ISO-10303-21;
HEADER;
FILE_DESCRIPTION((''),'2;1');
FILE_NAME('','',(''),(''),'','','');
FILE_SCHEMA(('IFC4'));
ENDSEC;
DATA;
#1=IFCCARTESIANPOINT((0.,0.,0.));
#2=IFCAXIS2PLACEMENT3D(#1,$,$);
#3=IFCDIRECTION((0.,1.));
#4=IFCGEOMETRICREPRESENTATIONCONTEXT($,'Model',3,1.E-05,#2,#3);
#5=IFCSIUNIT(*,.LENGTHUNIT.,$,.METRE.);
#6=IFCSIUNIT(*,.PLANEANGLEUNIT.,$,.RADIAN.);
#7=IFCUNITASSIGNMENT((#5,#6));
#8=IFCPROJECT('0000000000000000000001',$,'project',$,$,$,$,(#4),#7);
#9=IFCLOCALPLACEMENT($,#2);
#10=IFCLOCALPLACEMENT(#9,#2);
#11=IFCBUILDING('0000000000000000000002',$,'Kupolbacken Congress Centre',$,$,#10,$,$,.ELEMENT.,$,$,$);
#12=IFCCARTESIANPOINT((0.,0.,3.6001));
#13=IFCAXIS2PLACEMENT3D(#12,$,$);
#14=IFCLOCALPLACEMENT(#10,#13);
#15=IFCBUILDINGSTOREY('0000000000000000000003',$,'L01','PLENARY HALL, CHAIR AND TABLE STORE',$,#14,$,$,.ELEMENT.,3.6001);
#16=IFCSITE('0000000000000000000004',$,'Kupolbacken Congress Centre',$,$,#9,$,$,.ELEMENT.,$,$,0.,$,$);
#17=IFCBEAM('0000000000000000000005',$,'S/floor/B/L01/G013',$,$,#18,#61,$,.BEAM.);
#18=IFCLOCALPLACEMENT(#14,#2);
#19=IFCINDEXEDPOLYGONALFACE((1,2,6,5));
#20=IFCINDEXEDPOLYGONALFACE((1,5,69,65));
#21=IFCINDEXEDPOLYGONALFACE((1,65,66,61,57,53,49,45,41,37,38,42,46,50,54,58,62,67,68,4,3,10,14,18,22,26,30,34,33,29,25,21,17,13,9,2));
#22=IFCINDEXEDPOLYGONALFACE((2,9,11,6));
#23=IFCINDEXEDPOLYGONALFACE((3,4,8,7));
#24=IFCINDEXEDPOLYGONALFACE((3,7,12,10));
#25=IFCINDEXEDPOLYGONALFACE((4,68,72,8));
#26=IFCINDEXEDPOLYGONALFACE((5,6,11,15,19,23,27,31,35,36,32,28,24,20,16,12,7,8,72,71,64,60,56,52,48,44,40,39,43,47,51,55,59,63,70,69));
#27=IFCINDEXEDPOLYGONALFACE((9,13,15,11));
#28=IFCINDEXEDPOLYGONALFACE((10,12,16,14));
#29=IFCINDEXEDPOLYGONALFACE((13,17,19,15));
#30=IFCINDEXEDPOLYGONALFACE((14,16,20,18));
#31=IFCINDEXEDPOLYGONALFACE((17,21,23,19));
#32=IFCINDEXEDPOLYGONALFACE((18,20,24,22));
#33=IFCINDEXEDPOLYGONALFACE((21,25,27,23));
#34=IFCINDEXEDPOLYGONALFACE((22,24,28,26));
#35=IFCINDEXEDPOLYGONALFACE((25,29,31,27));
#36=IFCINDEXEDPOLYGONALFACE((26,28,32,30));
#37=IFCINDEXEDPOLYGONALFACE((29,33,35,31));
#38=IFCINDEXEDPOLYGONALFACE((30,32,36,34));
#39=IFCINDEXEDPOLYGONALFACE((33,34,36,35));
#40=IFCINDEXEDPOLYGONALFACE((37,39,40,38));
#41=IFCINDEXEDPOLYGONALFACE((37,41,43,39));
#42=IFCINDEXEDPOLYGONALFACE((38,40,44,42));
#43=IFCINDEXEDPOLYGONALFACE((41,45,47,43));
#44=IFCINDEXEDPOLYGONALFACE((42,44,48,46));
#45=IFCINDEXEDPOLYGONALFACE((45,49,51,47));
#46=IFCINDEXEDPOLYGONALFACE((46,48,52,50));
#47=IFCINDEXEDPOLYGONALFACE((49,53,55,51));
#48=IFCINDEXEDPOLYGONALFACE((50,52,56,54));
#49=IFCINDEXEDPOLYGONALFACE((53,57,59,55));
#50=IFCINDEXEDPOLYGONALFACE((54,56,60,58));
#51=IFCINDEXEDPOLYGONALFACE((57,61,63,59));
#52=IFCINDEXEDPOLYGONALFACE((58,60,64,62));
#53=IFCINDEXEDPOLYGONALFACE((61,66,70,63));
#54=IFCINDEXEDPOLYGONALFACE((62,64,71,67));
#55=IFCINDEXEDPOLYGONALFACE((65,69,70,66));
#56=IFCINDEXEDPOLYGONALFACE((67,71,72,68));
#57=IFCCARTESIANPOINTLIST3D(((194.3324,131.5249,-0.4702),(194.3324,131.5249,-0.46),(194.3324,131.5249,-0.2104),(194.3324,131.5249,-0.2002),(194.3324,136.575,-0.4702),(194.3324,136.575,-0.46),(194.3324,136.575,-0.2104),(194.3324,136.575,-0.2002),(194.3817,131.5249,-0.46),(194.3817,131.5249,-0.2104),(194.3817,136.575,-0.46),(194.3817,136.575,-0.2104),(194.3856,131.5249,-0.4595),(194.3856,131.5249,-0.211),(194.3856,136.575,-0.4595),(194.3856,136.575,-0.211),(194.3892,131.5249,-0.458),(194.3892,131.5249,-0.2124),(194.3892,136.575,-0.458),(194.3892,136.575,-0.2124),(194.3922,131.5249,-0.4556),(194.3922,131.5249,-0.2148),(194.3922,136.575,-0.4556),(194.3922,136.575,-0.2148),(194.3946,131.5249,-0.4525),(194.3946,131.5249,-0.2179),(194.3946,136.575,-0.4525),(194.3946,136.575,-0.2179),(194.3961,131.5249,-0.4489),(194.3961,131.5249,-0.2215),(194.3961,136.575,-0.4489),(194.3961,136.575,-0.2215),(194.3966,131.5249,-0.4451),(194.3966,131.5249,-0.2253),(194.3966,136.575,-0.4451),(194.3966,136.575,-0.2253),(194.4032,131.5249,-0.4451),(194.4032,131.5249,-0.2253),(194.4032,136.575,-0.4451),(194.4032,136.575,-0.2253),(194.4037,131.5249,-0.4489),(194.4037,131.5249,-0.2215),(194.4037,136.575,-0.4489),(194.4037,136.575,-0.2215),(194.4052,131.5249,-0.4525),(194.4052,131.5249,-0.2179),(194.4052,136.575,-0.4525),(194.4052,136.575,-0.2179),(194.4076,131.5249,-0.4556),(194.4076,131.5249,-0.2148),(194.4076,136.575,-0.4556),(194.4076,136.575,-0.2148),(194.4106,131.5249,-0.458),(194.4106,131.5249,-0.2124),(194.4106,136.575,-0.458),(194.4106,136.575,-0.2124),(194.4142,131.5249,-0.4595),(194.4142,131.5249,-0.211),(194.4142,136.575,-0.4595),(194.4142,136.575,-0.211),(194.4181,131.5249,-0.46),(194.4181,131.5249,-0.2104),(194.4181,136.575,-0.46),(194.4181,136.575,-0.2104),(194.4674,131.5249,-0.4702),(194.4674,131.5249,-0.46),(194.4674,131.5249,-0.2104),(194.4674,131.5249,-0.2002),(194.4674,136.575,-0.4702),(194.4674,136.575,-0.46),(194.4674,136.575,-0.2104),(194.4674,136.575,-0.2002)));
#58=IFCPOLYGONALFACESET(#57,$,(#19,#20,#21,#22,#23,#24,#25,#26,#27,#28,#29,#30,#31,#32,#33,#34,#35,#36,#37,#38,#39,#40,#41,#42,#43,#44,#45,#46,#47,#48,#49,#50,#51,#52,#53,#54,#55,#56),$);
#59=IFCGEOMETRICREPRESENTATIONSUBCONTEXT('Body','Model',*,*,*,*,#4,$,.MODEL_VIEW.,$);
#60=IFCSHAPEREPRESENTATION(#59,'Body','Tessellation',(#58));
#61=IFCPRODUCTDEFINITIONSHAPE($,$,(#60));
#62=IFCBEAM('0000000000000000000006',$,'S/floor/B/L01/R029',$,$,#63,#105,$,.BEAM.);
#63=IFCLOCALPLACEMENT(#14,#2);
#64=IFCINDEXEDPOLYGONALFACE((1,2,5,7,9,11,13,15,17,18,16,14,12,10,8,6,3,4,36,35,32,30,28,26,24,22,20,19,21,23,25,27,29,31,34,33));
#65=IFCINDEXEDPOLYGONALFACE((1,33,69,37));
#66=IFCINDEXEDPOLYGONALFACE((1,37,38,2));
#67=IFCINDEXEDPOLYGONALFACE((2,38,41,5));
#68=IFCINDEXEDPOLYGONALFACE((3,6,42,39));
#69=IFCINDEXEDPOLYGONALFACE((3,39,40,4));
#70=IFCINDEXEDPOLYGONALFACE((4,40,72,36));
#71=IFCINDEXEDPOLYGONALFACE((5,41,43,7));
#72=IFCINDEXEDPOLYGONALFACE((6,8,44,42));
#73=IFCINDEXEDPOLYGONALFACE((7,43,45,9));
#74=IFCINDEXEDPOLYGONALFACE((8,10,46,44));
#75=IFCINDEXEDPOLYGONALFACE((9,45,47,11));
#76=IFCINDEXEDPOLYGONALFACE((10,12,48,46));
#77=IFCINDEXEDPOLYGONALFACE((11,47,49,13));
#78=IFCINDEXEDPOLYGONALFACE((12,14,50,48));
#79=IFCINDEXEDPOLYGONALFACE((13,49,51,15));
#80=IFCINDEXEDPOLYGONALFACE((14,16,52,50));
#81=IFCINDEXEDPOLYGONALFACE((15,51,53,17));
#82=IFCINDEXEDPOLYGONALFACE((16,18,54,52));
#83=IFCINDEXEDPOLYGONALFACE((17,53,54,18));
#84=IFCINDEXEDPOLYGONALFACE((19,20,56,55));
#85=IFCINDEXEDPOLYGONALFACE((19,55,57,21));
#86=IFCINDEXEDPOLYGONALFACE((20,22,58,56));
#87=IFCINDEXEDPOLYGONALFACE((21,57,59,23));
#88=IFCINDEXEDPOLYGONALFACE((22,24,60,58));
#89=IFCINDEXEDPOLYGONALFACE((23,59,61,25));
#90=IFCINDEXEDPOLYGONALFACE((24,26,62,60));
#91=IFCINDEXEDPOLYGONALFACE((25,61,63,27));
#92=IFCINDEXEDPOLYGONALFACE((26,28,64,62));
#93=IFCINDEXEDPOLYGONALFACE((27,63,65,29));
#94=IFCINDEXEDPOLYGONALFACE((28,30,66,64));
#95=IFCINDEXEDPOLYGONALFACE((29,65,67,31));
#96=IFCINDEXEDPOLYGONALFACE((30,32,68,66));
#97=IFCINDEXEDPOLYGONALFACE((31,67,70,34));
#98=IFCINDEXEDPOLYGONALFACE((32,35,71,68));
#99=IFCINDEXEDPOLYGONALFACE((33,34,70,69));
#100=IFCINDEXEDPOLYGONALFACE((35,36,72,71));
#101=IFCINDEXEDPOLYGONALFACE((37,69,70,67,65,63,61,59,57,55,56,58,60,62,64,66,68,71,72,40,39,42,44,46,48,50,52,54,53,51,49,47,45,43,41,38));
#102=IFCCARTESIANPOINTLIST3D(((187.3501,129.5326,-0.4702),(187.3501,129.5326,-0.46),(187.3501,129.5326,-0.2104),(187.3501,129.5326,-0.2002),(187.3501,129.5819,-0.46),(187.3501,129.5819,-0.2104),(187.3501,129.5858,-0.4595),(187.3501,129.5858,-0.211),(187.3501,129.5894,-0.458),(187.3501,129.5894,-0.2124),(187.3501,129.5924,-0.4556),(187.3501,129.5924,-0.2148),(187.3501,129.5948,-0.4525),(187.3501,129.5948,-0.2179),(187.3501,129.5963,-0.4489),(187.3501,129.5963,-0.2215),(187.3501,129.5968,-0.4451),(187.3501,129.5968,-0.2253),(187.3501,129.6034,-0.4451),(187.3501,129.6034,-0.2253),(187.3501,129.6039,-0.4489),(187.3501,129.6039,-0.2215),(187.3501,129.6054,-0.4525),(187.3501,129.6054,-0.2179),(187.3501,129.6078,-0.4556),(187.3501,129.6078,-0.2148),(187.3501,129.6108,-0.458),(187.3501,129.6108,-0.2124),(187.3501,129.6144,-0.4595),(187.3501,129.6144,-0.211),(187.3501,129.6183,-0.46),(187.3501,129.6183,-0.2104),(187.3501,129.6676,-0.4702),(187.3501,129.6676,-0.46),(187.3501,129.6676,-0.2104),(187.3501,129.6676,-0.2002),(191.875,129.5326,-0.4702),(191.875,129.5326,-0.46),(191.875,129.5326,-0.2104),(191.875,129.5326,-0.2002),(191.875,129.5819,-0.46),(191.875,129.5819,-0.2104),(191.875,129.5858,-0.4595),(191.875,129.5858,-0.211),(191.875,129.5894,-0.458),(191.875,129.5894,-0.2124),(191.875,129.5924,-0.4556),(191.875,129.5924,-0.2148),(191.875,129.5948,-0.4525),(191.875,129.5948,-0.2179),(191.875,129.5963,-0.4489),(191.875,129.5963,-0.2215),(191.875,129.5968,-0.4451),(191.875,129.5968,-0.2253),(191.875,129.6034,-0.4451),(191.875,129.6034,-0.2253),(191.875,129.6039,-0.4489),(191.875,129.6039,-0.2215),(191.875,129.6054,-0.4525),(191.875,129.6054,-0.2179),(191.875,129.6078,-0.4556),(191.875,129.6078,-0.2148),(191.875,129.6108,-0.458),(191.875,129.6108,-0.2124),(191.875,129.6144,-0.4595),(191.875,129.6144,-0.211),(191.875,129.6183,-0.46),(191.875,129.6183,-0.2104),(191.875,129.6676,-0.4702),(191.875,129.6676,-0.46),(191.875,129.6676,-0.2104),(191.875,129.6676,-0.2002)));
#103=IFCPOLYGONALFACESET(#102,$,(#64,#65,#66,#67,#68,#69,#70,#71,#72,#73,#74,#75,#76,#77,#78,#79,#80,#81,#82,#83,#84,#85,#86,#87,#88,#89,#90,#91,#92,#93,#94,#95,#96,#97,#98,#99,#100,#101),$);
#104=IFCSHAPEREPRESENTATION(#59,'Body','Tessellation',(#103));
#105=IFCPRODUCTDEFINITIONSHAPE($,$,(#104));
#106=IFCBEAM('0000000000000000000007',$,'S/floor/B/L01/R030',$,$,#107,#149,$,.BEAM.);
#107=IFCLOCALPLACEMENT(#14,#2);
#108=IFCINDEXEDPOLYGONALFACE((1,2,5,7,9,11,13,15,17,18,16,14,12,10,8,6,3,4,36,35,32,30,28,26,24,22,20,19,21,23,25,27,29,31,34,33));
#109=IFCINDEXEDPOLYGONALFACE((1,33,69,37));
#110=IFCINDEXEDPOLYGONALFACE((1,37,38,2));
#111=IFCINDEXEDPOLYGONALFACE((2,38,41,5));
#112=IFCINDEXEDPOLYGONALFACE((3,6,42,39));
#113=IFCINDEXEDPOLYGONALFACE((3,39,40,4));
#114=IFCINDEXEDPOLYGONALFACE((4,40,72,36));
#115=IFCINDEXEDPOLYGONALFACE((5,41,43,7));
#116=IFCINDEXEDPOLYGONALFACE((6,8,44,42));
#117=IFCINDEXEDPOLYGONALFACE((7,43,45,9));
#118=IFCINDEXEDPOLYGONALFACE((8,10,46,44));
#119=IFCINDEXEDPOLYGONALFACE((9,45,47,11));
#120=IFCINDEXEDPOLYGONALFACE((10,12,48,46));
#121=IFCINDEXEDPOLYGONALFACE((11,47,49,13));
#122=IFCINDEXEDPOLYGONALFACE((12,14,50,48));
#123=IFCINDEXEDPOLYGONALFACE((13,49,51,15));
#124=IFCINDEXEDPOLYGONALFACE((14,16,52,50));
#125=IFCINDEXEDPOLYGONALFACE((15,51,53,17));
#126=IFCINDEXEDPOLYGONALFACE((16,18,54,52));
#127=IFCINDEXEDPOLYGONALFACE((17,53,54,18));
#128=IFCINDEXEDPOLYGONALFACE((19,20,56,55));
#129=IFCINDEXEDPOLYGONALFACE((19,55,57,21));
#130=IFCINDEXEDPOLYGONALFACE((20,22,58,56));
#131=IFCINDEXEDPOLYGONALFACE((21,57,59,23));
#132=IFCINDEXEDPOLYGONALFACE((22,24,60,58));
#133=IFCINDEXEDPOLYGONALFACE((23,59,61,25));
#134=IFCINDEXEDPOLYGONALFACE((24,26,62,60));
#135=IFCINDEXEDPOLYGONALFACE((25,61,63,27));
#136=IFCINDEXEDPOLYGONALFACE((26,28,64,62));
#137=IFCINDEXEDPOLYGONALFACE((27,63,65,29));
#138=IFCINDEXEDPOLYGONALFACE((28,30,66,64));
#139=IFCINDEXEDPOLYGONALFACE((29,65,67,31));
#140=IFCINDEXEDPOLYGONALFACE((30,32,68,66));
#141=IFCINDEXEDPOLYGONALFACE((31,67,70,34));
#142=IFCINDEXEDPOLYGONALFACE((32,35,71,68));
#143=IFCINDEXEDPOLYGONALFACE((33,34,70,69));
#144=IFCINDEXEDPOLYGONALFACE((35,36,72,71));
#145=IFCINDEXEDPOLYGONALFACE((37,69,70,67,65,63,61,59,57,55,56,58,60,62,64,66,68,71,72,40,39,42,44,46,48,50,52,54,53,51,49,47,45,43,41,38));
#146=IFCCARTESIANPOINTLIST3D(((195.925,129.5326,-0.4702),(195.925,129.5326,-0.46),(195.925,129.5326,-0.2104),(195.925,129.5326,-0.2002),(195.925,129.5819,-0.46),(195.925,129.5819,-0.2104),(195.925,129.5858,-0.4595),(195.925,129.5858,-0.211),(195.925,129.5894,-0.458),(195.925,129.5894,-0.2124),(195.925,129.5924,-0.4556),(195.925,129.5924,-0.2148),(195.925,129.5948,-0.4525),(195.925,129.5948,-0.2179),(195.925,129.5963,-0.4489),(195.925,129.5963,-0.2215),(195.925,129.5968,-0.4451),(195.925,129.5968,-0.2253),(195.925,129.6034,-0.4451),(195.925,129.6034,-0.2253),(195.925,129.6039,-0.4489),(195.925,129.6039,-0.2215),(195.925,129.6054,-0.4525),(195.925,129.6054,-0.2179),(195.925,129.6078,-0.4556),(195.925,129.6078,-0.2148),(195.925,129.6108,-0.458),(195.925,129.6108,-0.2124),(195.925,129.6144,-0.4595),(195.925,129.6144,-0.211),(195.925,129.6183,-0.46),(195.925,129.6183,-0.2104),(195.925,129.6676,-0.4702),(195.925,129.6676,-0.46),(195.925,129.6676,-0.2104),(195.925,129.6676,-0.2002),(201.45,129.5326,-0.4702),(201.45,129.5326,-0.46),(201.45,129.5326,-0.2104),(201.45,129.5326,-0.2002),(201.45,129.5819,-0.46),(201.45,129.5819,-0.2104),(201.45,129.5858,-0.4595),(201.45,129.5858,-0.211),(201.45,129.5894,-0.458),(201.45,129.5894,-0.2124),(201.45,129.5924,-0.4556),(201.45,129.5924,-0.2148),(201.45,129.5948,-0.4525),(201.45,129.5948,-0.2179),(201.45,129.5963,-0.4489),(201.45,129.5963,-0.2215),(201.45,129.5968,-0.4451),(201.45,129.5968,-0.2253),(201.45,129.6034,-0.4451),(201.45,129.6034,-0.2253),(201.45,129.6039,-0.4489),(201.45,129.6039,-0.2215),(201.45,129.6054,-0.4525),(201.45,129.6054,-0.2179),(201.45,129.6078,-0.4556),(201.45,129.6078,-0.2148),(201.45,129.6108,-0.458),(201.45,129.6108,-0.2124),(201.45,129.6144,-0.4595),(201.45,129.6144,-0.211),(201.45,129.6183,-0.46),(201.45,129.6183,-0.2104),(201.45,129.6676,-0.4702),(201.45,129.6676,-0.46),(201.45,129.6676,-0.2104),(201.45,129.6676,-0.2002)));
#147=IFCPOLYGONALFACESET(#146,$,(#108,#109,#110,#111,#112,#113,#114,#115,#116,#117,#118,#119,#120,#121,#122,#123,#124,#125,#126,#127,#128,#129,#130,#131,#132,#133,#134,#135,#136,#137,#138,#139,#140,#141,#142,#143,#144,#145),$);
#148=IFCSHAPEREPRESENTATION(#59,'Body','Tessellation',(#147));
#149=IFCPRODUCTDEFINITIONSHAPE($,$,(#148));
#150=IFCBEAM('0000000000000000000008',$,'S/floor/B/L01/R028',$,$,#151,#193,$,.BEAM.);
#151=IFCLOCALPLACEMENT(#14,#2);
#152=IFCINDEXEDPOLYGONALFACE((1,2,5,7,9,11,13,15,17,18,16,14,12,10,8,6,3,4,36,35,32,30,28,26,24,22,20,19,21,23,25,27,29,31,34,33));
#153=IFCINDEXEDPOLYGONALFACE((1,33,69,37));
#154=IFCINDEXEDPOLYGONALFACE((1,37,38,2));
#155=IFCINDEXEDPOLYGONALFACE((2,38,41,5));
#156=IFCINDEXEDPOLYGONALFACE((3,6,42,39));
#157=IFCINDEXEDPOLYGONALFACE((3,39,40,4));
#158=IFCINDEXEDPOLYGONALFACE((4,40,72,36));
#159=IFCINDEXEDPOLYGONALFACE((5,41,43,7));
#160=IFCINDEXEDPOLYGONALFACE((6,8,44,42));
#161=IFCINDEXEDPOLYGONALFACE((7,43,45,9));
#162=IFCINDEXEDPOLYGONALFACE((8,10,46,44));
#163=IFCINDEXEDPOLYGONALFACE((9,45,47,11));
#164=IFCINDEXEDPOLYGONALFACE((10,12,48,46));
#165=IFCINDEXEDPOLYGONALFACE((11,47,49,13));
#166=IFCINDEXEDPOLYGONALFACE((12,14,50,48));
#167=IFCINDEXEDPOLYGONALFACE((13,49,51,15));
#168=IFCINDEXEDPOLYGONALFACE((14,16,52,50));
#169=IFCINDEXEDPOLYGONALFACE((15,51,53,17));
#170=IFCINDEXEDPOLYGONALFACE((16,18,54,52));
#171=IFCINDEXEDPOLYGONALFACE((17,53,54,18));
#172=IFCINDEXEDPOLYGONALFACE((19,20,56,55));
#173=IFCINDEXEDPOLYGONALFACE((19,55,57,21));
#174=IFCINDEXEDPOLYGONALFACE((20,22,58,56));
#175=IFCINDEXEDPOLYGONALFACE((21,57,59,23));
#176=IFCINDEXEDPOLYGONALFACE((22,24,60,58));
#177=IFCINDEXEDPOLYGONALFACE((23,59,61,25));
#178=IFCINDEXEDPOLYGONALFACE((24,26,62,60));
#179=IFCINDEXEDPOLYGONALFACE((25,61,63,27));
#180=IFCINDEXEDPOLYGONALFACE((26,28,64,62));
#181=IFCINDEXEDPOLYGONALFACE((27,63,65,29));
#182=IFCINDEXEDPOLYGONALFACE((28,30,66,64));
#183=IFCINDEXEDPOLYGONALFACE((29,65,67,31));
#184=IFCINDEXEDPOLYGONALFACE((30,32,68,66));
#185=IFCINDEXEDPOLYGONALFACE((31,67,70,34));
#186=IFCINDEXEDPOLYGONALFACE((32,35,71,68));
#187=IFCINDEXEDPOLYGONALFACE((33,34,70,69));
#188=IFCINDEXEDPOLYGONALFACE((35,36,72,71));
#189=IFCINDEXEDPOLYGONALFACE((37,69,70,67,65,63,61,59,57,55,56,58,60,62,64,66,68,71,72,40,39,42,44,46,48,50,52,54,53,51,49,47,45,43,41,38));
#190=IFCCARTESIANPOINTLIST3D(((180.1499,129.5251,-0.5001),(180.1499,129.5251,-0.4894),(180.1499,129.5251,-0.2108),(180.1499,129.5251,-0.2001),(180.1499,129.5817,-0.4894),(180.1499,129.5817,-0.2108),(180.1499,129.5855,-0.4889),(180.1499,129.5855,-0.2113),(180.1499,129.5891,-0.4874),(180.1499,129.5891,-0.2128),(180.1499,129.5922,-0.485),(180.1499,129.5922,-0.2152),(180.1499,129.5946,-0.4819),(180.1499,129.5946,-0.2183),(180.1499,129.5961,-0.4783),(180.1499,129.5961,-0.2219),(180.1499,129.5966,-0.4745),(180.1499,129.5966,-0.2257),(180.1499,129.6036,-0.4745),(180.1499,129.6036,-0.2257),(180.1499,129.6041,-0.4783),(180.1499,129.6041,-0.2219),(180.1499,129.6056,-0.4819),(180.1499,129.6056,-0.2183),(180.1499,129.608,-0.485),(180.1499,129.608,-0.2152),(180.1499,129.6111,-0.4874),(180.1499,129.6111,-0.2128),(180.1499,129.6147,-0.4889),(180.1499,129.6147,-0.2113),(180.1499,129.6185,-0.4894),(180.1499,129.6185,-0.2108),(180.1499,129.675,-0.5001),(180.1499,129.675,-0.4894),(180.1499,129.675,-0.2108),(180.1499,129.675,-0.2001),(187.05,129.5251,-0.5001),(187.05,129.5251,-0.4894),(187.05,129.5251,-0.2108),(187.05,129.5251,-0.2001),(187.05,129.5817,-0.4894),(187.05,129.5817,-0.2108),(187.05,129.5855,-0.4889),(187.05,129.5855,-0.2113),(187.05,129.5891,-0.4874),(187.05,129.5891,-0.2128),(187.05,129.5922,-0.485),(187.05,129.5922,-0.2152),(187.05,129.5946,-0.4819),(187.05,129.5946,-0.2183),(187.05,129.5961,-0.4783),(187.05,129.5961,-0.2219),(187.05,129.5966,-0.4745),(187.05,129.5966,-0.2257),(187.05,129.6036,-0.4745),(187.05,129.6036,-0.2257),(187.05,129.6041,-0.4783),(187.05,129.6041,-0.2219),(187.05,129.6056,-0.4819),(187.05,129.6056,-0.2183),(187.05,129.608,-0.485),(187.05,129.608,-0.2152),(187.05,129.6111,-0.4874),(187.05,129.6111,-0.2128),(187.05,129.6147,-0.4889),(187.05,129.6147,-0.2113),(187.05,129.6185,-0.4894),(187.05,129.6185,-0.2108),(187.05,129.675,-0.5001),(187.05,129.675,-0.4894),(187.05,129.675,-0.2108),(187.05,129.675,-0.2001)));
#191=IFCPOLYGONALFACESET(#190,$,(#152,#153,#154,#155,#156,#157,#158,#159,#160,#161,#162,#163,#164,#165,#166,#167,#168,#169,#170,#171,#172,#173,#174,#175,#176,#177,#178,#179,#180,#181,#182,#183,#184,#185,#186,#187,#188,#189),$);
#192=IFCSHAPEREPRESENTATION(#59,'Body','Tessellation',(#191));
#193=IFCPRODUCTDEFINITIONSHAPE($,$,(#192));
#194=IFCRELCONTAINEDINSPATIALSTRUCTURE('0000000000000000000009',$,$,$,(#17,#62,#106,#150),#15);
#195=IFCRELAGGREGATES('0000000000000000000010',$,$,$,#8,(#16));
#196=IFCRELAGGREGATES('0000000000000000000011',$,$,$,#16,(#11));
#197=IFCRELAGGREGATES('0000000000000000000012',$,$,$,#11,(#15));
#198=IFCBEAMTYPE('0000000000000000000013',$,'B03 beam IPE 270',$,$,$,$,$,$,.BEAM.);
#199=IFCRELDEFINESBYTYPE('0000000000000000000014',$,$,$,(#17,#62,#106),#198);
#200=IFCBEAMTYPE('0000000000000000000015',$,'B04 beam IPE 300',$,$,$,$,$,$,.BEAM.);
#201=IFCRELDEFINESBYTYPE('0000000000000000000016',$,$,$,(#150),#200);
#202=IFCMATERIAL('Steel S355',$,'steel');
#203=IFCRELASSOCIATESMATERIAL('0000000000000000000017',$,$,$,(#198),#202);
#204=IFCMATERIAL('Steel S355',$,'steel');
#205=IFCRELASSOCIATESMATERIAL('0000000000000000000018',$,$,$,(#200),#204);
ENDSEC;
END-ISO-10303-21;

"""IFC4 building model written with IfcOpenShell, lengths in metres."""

from ifc_helpers import new_model, si_unit, direction, frame, origin, origin_2d, place, context, subcontext, project, spatial, i_section, extrude, material, material_profile, profile_set, type_object, element, save


model = new_model("IFC4")

# Units and contexts
model_context = context("Model", 3, precision=1e-05, world=origin(), true_north=direction((0.0, 1.0)))
body_context = subcontext(model_context, "Body", "Model", "MODEL_VIEW")
ifc_project = project(units=[si_unit("LENGTHUNIT", "METRE"), si_unit("PLANEANGLEUNIT", "RADIAN")], contexts=[model_context])

# Site, building, storey
site_placement = place(None, origin())
site = spatial("IfcSite", under=ifc_project, at=site_placement, Name="Kupolbacken Congress Centre", CompositionType="ELEMENT", RefElevation=0.0)
building_placement = place(site_placement, origin())
building = spatial("IfcBuilding", under=site, at=building_placement, Name="Kupolbacken Congress Centre", CompositionType="ELEMENT")
storey_placement = place(building_placement, frame((0.0, 0.0, 3.6001)))
storey = spatial("IfcBuildingStorey", under=building, at=storey_placement, Name="L01", Description="PLENARY HALL, CHAIR AND TABLE STORE", CompositionType="ELEMENT", Elevation=3.6001)

# Beams
ifc_material_1 = material(Name="Steel S355", Category="steel")
ifc_material_profile_1 = material_profile(ifc_material_1, i_section(OverallWidth=0.135, OverallDepth=0.27, WebThickness=0.0066, FlangeThickness=0.0103, FilletRadius=0.0149, at=origin_2d()), Name="IPE 270")
ifc_profile_set_1 = profile_set([ifc_material_profile_1], Name="Steel S355")
beam_type_1 = type_object("IfcBeamType", Name="B03 beam IPE 270", PredefinedType="BEAM", material=ifc_profile_set_1)
beam_1_placement = place(storey_placement, frame((194.3999, 131.5249, -0.3352), z_axis=(0.0, 1.0, 0.0), x_axis=(-1.0, 0.0, 0.0)))
element("IfcBeam", 1, at=beam_1_placement, inside=storey, type_object=beam_type_1, Name="S/floor/B/L01/G013", PredefinedType="BEAM", context=body_context, shape_type="SweptSolid", body=[
    extrude(i_section(OverallWidth=0.135, OverallDepth=0.27, WebThickness=0.0066, FlangeThickness=0.0103, FilletRadius=0.0149, at=origin_2d()), origin(), (0.0, 0.0, 1.0), 5.05),
])
beam_2_placement = place(storey_placement, frame((187.3501, 129.6001, -0.3352), z_axis=(1.0, 0.0, 0.0), x_axis=(0.0, 1.0, 0.0)))
element("IfcBeam", 2, at=beam_2_placement, inside=storey, type_object=beam_type_1, Name="S/floor/B/L01/R029", PredefinedType="BEAM", context=body_context, shape_type="SweptSolid", body=[
    extrude(i_section(OverallWidth=0.135, OverallDepth=0.27, WebThickness=0.0066, FlangeThickness=0.0103, FilletRadius=0.0149, at=origin_2d()), origin(), (0.0, 0.0, 1.0), 4.5249),
])
beam_3_placement = place(storey_placement, frame((195.925, 129.6001, -0.3352), z_axis=(1.0, 0.0, 0.0), x_axis=(0.0, 1.0, 0.0)))
element("IfcBeam", 3, at=beam_3_placement, inside=storey, type_object=beam_type_1, Name="S/floor/B/L01/R030", PredefinedType="BEAM", context=body_context, shape_type="SweptSolid", body=[
    extrude(i_section(OverallWidth=0.135, OverallDepth=0.27, WebThickness=0.0066, FlangeThickness=0.0103, FilletRadius=0.0149, at=origin_2d()), origin(), (0.0, 0.0, 1.0), 5.5249),
])
ifc_material_2 = material(Name="Steel S355", Category="steel")
ifc_material_profile_2 = material_profile(ifc_material_2, i_section(OverallWidth=0.1499, OverallDepth=0.3, WebThickness=0.0071, FlangeThickness=0.0107, FilletRadius=0.0149, at=origin_2d()), Name="IPE 300")
ifc_profile_set_2 = profile_set([ifc_material_profile_2], Name="Steel S355")
beam_type_2 = type_object("IfcBeamType", Name="B04 beam IPE 300", PredefinedType="BEAM", material=ifc_profile_set_2)
beam_4_placement = place(storey_placement, frame((180.1499, 129.6001, -0.3501), z_axis=(1.0, 0.0, 0.0), x_axis=(0.0, 1.0, 0.0)))
element("IfcBeam", 4, at=beam_4_placement, inside=storey, type_object=beam_type_2, Name="S/floor/B/L01/R028", PredefinedType="BEAM", context=body_context, shape_type="SweptSolid", body=[
    extrude(i_section(OverallWidth=0.1499, OverallDepth=0.3, WebThickness=0.0071, FlangeThickness=0.0107, FilletRadius=0.0149, at=origin_2d()), origin(), (0.0, 0.0, 1.0), 6.9001),
])

save(model, "model.ifc")
